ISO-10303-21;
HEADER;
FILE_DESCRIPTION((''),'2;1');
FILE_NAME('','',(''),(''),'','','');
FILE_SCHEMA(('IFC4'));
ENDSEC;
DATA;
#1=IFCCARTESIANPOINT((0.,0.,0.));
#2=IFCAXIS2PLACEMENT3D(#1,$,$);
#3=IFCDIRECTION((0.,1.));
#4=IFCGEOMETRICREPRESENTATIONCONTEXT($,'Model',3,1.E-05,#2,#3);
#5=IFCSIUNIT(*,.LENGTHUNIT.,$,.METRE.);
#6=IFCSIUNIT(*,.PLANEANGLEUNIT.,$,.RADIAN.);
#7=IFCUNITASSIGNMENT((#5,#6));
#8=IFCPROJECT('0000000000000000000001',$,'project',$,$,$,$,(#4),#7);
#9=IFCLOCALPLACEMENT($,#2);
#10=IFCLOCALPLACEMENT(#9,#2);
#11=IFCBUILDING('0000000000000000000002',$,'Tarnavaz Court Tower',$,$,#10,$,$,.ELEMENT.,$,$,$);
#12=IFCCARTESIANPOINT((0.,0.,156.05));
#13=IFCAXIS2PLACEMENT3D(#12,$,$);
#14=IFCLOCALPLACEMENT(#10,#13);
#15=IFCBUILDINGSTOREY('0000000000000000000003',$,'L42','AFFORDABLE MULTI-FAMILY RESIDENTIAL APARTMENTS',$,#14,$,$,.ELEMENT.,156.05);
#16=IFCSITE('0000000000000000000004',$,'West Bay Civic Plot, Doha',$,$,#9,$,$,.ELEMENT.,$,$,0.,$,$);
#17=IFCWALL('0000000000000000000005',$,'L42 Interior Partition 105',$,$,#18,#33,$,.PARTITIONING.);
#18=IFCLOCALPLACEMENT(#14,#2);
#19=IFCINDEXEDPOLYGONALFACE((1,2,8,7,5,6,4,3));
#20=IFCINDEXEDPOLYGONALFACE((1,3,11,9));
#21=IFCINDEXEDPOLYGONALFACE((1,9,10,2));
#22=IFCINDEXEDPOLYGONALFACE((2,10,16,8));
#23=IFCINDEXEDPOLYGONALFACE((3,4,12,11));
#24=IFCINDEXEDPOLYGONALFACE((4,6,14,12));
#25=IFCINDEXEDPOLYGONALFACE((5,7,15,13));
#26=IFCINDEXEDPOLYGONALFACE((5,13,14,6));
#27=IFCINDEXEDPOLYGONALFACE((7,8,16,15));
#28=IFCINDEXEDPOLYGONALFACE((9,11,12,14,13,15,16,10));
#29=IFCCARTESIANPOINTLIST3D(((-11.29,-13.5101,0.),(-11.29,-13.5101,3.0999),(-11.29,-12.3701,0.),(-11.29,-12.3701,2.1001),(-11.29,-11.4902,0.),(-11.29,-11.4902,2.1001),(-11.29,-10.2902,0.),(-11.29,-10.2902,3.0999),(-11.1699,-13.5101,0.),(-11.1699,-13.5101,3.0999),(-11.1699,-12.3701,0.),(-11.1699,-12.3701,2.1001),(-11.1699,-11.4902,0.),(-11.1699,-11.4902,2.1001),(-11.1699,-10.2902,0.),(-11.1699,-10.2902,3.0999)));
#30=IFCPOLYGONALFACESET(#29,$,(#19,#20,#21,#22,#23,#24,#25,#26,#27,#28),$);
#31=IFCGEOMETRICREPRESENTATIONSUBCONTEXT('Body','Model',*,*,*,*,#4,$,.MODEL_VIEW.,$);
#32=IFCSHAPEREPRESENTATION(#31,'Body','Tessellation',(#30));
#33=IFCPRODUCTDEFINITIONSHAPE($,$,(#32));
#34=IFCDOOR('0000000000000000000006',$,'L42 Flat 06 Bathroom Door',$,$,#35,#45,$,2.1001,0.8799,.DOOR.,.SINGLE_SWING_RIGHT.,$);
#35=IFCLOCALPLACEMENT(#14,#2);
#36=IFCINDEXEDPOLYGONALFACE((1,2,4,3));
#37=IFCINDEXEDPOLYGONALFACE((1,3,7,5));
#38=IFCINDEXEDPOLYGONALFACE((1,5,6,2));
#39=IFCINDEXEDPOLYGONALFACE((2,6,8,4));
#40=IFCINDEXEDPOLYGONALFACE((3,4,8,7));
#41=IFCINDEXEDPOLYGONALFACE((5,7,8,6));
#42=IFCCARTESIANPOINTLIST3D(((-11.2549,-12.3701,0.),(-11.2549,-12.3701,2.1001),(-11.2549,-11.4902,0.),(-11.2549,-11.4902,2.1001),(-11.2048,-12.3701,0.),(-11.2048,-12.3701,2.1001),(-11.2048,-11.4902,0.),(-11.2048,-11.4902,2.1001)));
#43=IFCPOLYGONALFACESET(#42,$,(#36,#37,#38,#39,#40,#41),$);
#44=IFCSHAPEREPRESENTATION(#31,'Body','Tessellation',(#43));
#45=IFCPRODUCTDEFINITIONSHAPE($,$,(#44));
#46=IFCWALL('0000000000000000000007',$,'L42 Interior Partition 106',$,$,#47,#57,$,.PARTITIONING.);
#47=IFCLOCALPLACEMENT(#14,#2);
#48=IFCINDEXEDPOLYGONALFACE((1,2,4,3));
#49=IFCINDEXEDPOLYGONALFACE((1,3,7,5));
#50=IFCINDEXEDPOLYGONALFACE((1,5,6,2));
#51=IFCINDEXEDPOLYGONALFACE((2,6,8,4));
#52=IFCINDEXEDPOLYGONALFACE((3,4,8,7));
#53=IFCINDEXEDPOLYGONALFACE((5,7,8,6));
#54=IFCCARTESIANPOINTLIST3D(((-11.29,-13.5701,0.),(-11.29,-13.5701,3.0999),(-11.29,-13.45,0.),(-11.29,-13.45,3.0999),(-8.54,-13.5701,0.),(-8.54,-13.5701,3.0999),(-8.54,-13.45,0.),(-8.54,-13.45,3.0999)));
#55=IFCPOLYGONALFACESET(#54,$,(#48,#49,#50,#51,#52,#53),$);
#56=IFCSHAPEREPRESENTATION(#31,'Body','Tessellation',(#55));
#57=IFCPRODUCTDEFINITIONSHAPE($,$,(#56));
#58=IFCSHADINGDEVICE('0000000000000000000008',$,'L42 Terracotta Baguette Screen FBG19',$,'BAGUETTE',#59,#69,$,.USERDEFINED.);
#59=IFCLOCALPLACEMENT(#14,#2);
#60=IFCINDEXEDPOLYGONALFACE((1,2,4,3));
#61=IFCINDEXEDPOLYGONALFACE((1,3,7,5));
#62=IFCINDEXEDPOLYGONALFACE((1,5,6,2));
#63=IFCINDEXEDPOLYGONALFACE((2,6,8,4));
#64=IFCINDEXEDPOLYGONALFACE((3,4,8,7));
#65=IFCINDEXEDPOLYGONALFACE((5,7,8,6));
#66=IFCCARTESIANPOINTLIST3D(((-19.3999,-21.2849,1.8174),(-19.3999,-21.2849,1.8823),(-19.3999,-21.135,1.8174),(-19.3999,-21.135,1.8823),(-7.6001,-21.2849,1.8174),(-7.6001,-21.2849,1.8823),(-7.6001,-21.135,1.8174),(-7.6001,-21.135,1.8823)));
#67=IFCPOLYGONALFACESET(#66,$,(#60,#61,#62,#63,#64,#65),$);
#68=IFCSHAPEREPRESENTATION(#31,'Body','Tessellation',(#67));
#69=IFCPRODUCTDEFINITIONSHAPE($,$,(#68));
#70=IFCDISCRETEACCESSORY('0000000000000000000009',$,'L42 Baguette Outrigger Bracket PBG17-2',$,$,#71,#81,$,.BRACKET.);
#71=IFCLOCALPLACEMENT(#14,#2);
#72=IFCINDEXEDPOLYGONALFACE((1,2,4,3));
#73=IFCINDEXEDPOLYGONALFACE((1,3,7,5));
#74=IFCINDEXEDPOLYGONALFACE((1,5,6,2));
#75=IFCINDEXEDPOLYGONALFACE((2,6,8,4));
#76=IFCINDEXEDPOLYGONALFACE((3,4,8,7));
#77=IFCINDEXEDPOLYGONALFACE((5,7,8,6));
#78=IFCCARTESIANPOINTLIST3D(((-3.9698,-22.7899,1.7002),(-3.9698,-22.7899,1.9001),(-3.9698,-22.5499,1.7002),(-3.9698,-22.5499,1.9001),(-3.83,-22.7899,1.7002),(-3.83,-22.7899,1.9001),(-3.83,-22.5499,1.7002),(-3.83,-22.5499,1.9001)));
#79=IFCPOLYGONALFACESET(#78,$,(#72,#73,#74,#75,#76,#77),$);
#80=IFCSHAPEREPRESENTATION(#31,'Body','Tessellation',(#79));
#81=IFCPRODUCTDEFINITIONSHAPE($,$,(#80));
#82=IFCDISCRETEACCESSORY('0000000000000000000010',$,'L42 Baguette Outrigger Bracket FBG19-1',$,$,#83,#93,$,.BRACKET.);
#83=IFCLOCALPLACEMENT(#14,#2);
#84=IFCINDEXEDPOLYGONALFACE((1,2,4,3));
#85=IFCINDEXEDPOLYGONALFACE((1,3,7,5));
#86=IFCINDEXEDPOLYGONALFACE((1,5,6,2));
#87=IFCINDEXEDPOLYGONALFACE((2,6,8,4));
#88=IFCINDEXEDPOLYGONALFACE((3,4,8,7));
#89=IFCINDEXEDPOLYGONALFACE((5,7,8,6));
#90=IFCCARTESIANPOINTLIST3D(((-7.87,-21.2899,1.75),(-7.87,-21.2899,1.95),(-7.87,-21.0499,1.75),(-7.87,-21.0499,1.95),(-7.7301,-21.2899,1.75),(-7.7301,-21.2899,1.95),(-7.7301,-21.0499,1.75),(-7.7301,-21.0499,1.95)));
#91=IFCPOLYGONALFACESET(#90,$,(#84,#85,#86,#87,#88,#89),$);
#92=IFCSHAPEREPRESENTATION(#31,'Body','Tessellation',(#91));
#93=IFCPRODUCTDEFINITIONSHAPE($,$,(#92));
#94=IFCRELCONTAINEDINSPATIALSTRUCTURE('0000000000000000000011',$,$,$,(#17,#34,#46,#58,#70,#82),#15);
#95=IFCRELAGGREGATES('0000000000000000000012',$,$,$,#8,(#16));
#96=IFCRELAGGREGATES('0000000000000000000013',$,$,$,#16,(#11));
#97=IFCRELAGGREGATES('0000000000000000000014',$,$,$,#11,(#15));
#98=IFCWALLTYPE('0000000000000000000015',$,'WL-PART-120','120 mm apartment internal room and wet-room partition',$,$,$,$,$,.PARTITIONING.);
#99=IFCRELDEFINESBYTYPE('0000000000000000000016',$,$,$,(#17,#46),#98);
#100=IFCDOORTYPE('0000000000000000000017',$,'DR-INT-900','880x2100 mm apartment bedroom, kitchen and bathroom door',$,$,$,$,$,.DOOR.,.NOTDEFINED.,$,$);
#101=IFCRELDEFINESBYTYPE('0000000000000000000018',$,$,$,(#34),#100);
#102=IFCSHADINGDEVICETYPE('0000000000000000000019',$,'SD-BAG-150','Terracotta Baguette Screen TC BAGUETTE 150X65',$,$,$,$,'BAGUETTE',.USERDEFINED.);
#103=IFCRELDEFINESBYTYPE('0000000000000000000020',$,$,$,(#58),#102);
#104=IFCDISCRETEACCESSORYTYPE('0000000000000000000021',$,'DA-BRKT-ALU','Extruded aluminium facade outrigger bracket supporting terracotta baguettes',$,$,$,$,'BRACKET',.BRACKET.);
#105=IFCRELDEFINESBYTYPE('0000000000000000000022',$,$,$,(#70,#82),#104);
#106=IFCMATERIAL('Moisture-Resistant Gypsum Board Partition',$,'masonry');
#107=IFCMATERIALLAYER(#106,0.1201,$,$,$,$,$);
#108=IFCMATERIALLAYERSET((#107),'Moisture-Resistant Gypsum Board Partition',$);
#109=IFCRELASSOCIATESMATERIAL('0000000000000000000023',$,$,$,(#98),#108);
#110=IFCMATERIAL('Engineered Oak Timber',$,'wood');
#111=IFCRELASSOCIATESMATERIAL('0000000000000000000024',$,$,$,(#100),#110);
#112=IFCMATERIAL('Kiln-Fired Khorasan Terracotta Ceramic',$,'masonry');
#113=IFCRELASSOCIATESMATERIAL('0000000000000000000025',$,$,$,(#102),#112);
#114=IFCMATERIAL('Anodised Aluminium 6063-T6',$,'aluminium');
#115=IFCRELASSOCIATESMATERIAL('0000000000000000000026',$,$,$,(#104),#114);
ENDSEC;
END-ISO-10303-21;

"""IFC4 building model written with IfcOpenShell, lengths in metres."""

from ifc_helpers import new_model, si_unit, direction, frame, frame_2d, origin, origin_2d, place, context, subcontext, project, spatial, rectangle, extrude, material, layer, layer_set, material_profile, profile_set, type_object, element, fill, save


model = new_model("IFC4")

# Units and contexts
model_context = context("Model", 3, precision=1e-05, world=origin(), true_north=direction((0.0, 1.0)))
body_context = subcontext(model_context, "Body", "Model", "MODEL_VIEW")
ifc_project = project(units=[si_unit("LENGTHUNIT", "METRE"), si_unit("PLANEANGLEUNIT", "RADIAN")], contexts=[model_context])

# Site, building, storey
site_placement = place(None, origin())
site = spatial("IfcSite", under=ifc_project, at=site_placement, Name="West Bay Civic Plot, Doha", CompositionType="ELEMENT", RefElevation=0.0)
building_placement = place(site_placement, origin())
building = spatial("IfcBuilding", under=site, at=building_placement, Name="Tarnavaz Court Tower", CompositionType="ELEMENT")
storey_placement = place(building_placement, frame((0.0, 0.0, 156.05)))
storey = spatial("IfcBuildingStorey", under=building, at=storey_placement, Name="L42", Description="AFFORDABLE MULTI-FAMILY RESIDENTIAL APARTMENTS", CompositionType="ELEMENT", Elevation=156.05)

# Shared definitions
ifc_material_1 = material(Name="Anodised Aluminium 6063-T6", Category="aluminium")

# Wall, opening, door
ifc_material_2 = material(Name="Moisture-Resistant Gypsum Board Partition", Category="masonry")
ifc_layer_1 = layer(ifc_material_2, 0.1201)
ifc_layer_set_1 = layer_set([ifc_layer_1], Name="Moisture-Resistant Gypsum Board Partition")
wall_type_1 = type_object("IfcWallType", Name="WL-PART-120", Description="120 mm apartment internal room and wet-room partition", PredefinedType="PARTITIONING", material=ifc_layer_set_1)
ifc_material_3 = material(Name="Engineered Oak Timber", Category="wood")
door_type = type_object("IfcDoorType", Name="DR-INT-900", Description="880x2100 mm apartment bedroom, kitchen and bathroom door", OperationType="NOTDEFINED", PredefinedType="DOOR", material=ifc_material_3)
wall_1_placement = place(storey_placement, frame((-11.23, -13.51, 0.0), z_axis=(0.0, 0.0, 1.0), x_axis=(0.0, 1.0, 0.0)))
wall_1 = element("IfcWall", 1, at=wall_1_placement, inside=storey, type_object=wall_type_1, Name="L42 Interior Partition 105", PredefinedType="PARTITIONING", context=body_context, shape_type="SweptSolid", body=[
    extrude(rectangle(XDim=3.22, YDim=0.1201, at=frame_2d((1.6099, 0.0))), origin(), (0.0, 0.0, 1.0), 3.0999),
])
opening_1_placement = place(wall_1_placement, frame((1.1399, 0.0, 0.0)))
opening_1 = element("IfcOpeningElement", 2, at=opening_1_placement, cuts=wall_1, PredefinedType="OPENING", context=body_context, shape_type="SweptSolid", body=[
    extrude(rectangle(XDim=0.8799, YDim=2.1001, at=frame_2d((0.4399, 1.05))), frame((0.0, 0.0701, 0.0), z_axis=(0.0, -1.0, 0.0), x_axis=(1.0, 0.0, 0.0)), (0.0, 0.0, 1.0), 0.1401),
])
door_1_placement = place(opening_1_placement, origin())
door_1 = element("IfcDoor", 3, at=door_1_placement, inside=storey, type_object=door_type, Name="L42 Flat 06 Bathroom Door", OperationType="SINGLE_SWING_RIGHT", OverallHeight=2.1001, OverallWidth=0.8799, PredefinedType="DOOR", context=body_context, shape_type="SweptSolid", body=[
    extrude(rectangle(XDim=0.8799, YDim=2.1001, at=frame_2d((0.4399, 1.05))), frame((0.0, 0.0249, 0.0), z_axis=(0.0, -1.0, 0.0), x_axis=(1.0, 0.0, 0.0)), (0.0, 0.0, 1.0), 0.05),
])
fill(opening_1, door_1)

# Wall
wall_2_placement = place(storey_placement, frame((-11.29, -13.51, 0.0), z_axis=(0.0, 0.0, 1.0), x_axis=(1.0, 0.0, 0.0)))
element("IfcWall", 4, at=wall_2_placement, inside=storey, type_object=wall_type_1, Name="L42 Interior Partition 106", PredefinedType="PARTITIONING", context=body_context, shape_type="SweptSolid", body=[
    extrude(rectangle(XDim=2.75, YDim=0.1201, at=frame_2d((1.375, 0.0))), origin(), (0.0, 0.0, 1.0), 3.0999),
])

# Shading device
ifc_material_4 = material(Name="Kiln-Fired Khorasan Terracotta Ceramic", Category="masonry")
ifc_material_profile_1 = material_profile(ifc_material_4, rectangle(XDim=0.1499, YDim=0.0649, at=origin_2d()), Name="TC BAGUETTE 150X65")
ifc_profile_set_1 = profile_set([ifc_material_profile_1], Name="Kiln-Fired Khorasan Terracotta Ceramic")
shading_device_type = type_object("IfcShadingDeviceType", Name="SD-BAG-150", Description="Terracotta Baguette Screen TC BAGUETTE 150X65", ElementType="BAGUETTE", PredefinedType="USERDEFINED", material=ifc_profile_set_1)
shading_device_placement = place(storey_placement, frame((-7.6001, -21.21, 1.8499), z_axis=(-1.0, 0.0, 0.0), x_axis=(0.0, -1.0, 0.0)))
element("IfcShadingDevice", 5, at=shading_device_placement, inside=storey, type_object=shading_device_type, Name="L42 Terracotta Baguette Screen FBG19", ObjectType="BAGUETTE", PredefinedType="USERDEFINED", context=body_context, shape_type="SweptSolid", body=[
    extrude(rectangle(XDim=0.1499, YDim=0.0649, at=origin_2d()), origin(), (0.0, 0.0, 1.0), 11.7998),
])

# Discrete accessories
discrete_accessory_type = type_object("IfcDiscreteAccessoryType", Name="DA-BRKT-ALU", Description="Extruded aluminium facade outrigger bracket supporting terracotta baguettes", ElementType="BRACKET", PredefinedType="BRACKET", material=ifc_material_1)
for number, where, z_axis, x_axis, name in (
    (6, (-3.8999, -22.6699, 1.7002), (0.0, 0.0, 1.0), (-1.0, 0.0, 0.0), "L42 Baguette Outrigger Bracket PBG17-2"),
    (7, (-7.8, -21.1699, 1.75), (0.0, 0.0, 1.0), (-1.0, 0.0, 0.0), "L42 Baguette Outrigger Bracket FBG19-1"),
):
    element("IfcDiscreteAccessory", number, at=place(storey_placement, frame(where, z_axis=z_axis, x_axis=x_axis)), inside=storey, type_object=discrete_accessory_type, Name=name, PredefinedType="BRACKET", context=body_context, shape_type="SweptSolid", body=[
        extrude(rectangle(XDim=0.1399, YDim=0.24, at=origin_2d()), origin(), (0.0, 0.0, 1.0), 0.2),
    ])

save(model, "model.ifc")
